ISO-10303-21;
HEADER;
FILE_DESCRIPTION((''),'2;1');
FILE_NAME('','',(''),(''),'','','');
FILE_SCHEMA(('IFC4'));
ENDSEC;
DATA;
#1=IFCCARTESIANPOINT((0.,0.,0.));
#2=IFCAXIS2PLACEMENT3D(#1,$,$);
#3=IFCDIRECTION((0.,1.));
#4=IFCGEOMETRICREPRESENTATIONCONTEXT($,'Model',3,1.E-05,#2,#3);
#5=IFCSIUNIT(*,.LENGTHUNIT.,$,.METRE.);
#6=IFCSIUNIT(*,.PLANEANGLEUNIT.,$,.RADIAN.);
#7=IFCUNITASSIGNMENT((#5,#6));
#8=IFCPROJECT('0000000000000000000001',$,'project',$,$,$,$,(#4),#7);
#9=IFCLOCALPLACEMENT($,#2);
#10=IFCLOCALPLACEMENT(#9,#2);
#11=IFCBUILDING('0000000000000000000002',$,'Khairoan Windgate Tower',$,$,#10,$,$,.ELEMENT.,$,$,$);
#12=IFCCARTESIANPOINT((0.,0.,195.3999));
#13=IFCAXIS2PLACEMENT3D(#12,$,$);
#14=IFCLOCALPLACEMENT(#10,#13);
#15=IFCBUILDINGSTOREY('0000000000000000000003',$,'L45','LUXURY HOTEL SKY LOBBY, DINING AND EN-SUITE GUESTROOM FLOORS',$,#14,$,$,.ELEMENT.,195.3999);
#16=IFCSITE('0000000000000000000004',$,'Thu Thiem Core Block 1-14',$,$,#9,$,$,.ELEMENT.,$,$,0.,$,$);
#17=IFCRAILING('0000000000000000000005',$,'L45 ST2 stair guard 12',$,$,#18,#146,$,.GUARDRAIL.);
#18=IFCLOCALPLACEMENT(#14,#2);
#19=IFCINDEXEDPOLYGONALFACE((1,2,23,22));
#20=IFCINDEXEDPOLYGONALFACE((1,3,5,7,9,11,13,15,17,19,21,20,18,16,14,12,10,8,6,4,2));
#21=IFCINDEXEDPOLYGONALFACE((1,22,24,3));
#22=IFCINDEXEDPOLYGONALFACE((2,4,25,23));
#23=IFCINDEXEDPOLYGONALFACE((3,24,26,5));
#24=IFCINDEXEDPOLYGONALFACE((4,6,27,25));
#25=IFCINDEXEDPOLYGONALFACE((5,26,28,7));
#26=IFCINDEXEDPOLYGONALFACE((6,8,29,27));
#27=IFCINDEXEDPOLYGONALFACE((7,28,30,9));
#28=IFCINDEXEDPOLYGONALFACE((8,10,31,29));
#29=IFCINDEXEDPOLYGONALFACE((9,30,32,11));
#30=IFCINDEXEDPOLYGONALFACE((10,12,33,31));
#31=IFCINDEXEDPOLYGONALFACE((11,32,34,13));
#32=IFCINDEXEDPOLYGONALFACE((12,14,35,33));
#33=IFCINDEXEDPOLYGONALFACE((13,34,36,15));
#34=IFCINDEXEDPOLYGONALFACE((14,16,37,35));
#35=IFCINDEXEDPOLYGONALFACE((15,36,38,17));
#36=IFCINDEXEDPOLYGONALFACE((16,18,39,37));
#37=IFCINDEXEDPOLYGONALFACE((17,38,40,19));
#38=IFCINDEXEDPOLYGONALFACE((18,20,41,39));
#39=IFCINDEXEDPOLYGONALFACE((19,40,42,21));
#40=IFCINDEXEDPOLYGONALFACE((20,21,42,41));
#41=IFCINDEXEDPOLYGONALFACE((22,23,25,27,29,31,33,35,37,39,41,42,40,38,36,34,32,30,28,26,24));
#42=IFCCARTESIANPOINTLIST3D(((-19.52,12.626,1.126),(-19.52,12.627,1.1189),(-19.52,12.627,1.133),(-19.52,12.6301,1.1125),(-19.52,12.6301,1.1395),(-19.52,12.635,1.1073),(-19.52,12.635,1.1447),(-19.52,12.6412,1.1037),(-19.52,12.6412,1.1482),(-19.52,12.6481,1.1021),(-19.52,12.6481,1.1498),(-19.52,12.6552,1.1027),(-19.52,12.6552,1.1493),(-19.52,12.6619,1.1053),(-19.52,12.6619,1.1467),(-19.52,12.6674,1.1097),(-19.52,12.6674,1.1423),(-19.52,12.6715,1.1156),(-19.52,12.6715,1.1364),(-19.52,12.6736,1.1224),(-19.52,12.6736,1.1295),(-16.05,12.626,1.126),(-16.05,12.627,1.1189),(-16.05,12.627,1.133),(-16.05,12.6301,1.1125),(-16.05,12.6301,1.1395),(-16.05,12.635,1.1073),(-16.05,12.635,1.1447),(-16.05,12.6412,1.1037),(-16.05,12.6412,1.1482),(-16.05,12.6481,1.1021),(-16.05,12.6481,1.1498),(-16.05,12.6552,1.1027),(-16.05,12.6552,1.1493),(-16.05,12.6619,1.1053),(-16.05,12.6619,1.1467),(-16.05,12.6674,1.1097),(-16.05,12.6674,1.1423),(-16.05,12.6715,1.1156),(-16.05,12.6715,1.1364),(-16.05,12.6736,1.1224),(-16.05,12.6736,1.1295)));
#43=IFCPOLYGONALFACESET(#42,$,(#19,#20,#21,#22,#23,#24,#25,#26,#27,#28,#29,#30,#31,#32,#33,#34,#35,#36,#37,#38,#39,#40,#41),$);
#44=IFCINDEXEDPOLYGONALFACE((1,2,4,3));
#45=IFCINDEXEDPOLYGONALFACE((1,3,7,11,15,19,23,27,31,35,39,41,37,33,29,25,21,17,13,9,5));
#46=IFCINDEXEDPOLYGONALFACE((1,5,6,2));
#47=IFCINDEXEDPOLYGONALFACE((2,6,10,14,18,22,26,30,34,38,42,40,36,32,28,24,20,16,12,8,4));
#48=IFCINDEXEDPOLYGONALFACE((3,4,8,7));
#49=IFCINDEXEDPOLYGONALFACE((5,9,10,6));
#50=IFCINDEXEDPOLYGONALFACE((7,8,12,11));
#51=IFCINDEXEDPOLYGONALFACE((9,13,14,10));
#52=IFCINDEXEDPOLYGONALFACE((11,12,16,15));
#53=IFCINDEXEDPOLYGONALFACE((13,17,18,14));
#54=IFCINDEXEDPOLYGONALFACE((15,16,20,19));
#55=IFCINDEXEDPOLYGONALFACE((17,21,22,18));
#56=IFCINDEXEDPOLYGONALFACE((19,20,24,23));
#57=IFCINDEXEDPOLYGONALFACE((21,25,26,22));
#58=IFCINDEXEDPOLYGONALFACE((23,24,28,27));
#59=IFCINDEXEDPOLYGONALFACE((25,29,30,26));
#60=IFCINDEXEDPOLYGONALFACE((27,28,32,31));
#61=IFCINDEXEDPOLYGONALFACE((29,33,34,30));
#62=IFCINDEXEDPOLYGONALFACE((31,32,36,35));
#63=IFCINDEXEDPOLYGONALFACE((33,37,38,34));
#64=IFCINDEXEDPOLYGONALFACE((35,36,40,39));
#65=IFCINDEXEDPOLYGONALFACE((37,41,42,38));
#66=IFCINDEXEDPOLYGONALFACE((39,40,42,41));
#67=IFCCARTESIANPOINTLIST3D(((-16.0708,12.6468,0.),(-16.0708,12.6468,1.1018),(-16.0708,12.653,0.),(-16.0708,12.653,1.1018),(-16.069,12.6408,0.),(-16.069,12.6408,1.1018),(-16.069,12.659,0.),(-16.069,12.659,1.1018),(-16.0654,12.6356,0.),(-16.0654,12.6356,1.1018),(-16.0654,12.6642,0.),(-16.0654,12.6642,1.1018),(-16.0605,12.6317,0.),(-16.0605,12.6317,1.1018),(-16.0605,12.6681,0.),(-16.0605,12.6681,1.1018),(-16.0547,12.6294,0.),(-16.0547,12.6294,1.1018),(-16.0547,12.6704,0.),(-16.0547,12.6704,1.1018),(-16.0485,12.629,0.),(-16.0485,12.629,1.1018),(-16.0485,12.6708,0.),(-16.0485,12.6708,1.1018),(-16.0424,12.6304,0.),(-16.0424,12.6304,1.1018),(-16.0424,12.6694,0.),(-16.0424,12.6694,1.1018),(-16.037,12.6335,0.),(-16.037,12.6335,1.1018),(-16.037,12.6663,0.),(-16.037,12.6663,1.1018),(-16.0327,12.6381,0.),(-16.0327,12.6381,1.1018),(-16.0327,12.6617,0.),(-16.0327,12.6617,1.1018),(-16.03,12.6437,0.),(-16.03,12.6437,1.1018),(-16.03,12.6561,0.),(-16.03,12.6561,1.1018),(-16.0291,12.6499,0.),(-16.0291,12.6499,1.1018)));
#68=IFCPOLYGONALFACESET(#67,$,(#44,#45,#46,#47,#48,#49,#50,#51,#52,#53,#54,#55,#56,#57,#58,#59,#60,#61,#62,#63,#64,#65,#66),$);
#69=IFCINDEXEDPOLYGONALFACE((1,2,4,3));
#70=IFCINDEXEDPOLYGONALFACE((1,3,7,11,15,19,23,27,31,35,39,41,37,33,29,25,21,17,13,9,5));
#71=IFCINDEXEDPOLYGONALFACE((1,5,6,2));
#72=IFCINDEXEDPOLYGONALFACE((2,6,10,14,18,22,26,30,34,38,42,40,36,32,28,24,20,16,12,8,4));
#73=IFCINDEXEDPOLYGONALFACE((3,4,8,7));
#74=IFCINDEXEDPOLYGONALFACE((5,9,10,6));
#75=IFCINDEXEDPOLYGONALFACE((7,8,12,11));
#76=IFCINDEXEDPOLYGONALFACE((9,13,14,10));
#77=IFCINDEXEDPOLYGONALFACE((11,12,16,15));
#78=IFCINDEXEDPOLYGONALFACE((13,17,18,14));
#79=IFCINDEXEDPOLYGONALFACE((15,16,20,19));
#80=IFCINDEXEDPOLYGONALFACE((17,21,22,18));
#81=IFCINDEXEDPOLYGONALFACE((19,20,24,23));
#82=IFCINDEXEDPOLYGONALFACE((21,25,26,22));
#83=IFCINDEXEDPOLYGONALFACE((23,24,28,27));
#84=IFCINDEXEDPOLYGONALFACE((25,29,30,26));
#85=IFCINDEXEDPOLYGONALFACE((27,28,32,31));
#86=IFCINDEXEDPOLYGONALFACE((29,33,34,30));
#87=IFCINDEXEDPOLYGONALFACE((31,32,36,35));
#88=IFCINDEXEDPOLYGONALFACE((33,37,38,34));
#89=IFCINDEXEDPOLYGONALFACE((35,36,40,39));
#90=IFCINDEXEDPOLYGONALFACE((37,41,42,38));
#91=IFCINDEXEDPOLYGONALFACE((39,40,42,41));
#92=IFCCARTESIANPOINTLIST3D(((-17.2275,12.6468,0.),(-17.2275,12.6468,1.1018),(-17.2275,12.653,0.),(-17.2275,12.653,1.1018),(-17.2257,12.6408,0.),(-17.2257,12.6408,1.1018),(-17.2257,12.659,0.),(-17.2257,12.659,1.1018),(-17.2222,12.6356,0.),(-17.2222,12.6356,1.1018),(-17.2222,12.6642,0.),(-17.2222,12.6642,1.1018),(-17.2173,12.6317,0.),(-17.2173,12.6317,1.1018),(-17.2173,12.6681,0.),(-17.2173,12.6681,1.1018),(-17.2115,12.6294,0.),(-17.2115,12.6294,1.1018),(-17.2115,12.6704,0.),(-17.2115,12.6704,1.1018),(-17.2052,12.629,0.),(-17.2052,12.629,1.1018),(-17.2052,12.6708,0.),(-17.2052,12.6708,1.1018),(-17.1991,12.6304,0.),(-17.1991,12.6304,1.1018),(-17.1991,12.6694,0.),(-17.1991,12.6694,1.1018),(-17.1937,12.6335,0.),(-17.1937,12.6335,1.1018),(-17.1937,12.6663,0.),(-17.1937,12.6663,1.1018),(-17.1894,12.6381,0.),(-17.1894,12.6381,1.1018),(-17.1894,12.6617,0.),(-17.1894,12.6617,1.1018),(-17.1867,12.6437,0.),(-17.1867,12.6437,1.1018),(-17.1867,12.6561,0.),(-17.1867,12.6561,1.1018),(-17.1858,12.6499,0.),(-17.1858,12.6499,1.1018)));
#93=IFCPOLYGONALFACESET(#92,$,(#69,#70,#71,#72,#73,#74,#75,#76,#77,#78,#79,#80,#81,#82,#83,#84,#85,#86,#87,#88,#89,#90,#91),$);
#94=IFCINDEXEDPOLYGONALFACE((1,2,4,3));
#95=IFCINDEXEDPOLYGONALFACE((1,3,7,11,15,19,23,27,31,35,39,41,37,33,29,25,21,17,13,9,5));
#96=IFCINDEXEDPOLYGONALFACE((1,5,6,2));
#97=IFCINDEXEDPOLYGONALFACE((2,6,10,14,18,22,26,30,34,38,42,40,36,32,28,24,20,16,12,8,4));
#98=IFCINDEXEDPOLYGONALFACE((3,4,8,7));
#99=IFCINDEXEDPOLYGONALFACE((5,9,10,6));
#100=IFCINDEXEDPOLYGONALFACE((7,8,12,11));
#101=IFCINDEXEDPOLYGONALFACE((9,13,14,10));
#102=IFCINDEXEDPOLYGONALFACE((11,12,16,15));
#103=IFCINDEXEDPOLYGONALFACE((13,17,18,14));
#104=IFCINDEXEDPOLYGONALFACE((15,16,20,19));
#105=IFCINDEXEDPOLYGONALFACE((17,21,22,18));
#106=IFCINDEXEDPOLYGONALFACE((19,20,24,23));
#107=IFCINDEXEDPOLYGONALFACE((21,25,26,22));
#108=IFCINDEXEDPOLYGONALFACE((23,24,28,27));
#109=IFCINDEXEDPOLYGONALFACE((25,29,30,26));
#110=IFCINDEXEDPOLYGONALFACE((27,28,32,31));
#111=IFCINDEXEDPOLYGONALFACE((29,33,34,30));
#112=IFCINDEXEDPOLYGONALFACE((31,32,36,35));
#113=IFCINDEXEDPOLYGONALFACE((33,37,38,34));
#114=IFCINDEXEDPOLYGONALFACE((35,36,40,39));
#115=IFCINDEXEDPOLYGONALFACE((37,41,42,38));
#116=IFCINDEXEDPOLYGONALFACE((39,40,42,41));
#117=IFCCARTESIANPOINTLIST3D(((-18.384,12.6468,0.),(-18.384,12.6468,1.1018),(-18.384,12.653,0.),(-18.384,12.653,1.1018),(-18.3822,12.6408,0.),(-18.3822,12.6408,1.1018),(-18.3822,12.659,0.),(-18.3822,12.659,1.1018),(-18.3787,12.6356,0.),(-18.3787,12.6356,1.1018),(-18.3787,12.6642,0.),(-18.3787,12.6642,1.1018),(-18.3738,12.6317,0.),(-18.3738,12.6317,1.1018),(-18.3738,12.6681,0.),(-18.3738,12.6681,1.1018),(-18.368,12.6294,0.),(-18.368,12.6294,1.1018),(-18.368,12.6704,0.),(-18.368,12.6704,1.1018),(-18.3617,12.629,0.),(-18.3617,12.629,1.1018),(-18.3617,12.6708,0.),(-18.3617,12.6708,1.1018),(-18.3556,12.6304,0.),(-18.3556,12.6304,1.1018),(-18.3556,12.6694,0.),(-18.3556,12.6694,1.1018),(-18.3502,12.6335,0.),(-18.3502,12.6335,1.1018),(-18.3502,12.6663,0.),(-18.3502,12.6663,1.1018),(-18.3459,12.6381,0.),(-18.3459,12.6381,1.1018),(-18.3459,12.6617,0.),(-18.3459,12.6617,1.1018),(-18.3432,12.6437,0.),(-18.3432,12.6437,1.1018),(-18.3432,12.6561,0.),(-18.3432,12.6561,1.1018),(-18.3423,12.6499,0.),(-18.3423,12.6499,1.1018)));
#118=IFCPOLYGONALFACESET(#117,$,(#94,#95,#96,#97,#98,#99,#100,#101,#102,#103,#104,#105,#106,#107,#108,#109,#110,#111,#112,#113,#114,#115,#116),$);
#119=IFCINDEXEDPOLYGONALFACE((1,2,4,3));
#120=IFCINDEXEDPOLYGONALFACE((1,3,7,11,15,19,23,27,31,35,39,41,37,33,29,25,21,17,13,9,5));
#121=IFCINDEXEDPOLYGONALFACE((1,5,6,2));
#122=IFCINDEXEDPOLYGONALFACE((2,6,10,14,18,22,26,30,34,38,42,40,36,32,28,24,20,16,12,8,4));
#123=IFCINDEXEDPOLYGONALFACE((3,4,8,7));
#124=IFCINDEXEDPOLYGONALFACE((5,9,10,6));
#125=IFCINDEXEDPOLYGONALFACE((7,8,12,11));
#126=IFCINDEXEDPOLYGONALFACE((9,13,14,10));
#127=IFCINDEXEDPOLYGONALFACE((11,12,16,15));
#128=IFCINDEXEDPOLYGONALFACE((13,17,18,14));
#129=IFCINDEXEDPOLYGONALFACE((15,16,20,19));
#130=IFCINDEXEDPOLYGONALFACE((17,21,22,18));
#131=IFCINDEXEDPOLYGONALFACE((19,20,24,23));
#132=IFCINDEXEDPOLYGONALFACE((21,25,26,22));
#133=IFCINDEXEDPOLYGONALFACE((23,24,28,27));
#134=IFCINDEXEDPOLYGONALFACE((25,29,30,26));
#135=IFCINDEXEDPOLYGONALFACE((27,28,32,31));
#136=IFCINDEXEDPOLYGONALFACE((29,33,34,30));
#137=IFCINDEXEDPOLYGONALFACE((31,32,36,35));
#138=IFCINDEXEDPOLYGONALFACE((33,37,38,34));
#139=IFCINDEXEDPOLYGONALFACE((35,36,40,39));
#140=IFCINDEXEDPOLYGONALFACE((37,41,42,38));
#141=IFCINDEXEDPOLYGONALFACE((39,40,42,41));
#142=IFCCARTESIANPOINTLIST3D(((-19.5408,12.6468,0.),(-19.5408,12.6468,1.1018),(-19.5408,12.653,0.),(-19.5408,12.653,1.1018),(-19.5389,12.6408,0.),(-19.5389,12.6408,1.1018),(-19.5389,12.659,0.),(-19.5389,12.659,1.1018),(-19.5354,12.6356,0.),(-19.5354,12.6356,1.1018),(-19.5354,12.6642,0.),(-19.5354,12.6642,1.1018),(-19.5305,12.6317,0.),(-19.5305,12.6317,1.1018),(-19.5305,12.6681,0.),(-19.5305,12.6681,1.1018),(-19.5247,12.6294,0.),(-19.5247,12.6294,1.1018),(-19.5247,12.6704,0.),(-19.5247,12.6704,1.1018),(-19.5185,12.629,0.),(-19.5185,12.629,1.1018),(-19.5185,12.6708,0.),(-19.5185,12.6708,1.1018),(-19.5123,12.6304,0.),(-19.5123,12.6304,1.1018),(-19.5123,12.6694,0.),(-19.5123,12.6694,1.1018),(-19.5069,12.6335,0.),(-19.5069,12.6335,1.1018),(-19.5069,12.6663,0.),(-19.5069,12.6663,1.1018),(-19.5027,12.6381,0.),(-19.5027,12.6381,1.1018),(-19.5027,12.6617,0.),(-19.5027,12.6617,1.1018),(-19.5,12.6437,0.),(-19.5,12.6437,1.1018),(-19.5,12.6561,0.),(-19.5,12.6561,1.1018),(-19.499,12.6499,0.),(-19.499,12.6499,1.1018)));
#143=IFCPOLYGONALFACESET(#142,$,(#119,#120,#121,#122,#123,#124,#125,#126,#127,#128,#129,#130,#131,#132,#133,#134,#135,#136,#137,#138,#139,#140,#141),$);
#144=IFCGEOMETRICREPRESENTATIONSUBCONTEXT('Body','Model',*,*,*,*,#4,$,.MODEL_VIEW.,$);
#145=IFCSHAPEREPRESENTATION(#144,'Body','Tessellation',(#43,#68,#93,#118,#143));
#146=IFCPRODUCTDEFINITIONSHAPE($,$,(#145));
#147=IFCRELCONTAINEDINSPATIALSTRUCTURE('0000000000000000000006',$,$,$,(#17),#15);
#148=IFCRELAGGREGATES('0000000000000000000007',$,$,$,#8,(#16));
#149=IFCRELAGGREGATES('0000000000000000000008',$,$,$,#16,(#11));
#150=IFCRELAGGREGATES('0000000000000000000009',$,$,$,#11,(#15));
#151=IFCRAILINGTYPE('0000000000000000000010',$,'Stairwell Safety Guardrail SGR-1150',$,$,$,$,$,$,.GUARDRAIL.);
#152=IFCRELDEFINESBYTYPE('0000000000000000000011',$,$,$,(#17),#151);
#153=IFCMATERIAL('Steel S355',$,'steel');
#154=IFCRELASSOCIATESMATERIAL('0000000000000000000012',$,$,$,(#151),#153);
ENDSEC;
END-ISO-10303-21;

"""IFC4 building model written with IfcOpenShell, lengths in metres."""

from ifc_helpers import new_model, si_unit, direction, frame, origin, origin_2d, place, context, subcontext, project, spatial, circle, extrude, material, type_object, element, save


model = new_model("IFC4")

# Units and contexts
model_context = context("Model", 3, precision=1e-05, world=origin(), true_north=direction((0.0, 1.0)))
body_context = subcontext(model_context, "Body", "Model", "MODEL_VIEW")
ifc_project = project(units=[si_unit("LENGTHUNIT", "METRE"), si_unit("PLANEANGLEUNIT", "RADIAN")], contexts=[model_context])

# Site, building, storey
site_placement = place(None, origin())
site = spatial("IfcSite", under=ifc_project, at=site_placement, Name="Thu Thiem Core Block 1-14", CompositionType="ELEMENT", RefElevation=0.0)
building_placement = place(site_placement, origin())
building = spatial("IfcBuilding", under=site, at=building_placement, Name="Khairoan Windgate Tower", CompositionType="ELEMENT")
storey_placement = place(building_placement, frame((0.0, 0.0, 195.3999)))
storey = spatial("IfcBuildingStorey", under=building, at=storey_placement, Name="L45", Description="LUXURY HOTEL SKY LOBBY, DINING AND EN-SUITE GUESTROOM FLOORS", CompositionType="ELEMENT", Elevation=195.3999)

# Railing
ifc_material_1 = material(Name="Steel S355", Category="steel")
railing_type = type_object("IfcRailingType", Name="Stairwell Safety Guardrail SGR-1150", PredefinedType="GUARDRAIL", material=ifc_material_1)
railing_1_placement = place(storey_placement, frame((-16.05, 12.6499, 0.0)))
element("IfcRailing", 1, at=railing_1_placement, inside=storey, type_object=railing_type, Name="L45 ST2 stair guard 12", PredefinedType="GUARDRAIL", context=body_context, shape_type="SweptSolid", body=[
    extrude(circle(Radius=0.0239, at=origin_2d()), frame((0.0, 0.0, 1.126), z_axis=(-1.0, 0.0, 0.0), x_axis=(0.0, -1.0, 0.0)), (0.0, 0.0, 1.0), 3.47),
    extrude(circle(Radius=0.021, at=origin_2d()), origin(), (0.0, 0.0, 1.0), 1.1018),
    extrude(circle(Radius=0.021, at=origin_2d()), frame((-1.1567, 0.0, 0.0)), (0.0, 0.0, 1.0), 1.1018),
    extrude(circle(Radius=0.021, at=origin_2d()), frame((-2.3132, 0.0, 0.0)), (0.0, 0.0, 1.0), 1.1018),
    extrude(circle(Radius=0.021, at=origin_2d()), frame((-3.47, 0.0, 0.0)), (0.0, 0.0, 1.0), 1.1018),
])

save(model, "model.ifc")
